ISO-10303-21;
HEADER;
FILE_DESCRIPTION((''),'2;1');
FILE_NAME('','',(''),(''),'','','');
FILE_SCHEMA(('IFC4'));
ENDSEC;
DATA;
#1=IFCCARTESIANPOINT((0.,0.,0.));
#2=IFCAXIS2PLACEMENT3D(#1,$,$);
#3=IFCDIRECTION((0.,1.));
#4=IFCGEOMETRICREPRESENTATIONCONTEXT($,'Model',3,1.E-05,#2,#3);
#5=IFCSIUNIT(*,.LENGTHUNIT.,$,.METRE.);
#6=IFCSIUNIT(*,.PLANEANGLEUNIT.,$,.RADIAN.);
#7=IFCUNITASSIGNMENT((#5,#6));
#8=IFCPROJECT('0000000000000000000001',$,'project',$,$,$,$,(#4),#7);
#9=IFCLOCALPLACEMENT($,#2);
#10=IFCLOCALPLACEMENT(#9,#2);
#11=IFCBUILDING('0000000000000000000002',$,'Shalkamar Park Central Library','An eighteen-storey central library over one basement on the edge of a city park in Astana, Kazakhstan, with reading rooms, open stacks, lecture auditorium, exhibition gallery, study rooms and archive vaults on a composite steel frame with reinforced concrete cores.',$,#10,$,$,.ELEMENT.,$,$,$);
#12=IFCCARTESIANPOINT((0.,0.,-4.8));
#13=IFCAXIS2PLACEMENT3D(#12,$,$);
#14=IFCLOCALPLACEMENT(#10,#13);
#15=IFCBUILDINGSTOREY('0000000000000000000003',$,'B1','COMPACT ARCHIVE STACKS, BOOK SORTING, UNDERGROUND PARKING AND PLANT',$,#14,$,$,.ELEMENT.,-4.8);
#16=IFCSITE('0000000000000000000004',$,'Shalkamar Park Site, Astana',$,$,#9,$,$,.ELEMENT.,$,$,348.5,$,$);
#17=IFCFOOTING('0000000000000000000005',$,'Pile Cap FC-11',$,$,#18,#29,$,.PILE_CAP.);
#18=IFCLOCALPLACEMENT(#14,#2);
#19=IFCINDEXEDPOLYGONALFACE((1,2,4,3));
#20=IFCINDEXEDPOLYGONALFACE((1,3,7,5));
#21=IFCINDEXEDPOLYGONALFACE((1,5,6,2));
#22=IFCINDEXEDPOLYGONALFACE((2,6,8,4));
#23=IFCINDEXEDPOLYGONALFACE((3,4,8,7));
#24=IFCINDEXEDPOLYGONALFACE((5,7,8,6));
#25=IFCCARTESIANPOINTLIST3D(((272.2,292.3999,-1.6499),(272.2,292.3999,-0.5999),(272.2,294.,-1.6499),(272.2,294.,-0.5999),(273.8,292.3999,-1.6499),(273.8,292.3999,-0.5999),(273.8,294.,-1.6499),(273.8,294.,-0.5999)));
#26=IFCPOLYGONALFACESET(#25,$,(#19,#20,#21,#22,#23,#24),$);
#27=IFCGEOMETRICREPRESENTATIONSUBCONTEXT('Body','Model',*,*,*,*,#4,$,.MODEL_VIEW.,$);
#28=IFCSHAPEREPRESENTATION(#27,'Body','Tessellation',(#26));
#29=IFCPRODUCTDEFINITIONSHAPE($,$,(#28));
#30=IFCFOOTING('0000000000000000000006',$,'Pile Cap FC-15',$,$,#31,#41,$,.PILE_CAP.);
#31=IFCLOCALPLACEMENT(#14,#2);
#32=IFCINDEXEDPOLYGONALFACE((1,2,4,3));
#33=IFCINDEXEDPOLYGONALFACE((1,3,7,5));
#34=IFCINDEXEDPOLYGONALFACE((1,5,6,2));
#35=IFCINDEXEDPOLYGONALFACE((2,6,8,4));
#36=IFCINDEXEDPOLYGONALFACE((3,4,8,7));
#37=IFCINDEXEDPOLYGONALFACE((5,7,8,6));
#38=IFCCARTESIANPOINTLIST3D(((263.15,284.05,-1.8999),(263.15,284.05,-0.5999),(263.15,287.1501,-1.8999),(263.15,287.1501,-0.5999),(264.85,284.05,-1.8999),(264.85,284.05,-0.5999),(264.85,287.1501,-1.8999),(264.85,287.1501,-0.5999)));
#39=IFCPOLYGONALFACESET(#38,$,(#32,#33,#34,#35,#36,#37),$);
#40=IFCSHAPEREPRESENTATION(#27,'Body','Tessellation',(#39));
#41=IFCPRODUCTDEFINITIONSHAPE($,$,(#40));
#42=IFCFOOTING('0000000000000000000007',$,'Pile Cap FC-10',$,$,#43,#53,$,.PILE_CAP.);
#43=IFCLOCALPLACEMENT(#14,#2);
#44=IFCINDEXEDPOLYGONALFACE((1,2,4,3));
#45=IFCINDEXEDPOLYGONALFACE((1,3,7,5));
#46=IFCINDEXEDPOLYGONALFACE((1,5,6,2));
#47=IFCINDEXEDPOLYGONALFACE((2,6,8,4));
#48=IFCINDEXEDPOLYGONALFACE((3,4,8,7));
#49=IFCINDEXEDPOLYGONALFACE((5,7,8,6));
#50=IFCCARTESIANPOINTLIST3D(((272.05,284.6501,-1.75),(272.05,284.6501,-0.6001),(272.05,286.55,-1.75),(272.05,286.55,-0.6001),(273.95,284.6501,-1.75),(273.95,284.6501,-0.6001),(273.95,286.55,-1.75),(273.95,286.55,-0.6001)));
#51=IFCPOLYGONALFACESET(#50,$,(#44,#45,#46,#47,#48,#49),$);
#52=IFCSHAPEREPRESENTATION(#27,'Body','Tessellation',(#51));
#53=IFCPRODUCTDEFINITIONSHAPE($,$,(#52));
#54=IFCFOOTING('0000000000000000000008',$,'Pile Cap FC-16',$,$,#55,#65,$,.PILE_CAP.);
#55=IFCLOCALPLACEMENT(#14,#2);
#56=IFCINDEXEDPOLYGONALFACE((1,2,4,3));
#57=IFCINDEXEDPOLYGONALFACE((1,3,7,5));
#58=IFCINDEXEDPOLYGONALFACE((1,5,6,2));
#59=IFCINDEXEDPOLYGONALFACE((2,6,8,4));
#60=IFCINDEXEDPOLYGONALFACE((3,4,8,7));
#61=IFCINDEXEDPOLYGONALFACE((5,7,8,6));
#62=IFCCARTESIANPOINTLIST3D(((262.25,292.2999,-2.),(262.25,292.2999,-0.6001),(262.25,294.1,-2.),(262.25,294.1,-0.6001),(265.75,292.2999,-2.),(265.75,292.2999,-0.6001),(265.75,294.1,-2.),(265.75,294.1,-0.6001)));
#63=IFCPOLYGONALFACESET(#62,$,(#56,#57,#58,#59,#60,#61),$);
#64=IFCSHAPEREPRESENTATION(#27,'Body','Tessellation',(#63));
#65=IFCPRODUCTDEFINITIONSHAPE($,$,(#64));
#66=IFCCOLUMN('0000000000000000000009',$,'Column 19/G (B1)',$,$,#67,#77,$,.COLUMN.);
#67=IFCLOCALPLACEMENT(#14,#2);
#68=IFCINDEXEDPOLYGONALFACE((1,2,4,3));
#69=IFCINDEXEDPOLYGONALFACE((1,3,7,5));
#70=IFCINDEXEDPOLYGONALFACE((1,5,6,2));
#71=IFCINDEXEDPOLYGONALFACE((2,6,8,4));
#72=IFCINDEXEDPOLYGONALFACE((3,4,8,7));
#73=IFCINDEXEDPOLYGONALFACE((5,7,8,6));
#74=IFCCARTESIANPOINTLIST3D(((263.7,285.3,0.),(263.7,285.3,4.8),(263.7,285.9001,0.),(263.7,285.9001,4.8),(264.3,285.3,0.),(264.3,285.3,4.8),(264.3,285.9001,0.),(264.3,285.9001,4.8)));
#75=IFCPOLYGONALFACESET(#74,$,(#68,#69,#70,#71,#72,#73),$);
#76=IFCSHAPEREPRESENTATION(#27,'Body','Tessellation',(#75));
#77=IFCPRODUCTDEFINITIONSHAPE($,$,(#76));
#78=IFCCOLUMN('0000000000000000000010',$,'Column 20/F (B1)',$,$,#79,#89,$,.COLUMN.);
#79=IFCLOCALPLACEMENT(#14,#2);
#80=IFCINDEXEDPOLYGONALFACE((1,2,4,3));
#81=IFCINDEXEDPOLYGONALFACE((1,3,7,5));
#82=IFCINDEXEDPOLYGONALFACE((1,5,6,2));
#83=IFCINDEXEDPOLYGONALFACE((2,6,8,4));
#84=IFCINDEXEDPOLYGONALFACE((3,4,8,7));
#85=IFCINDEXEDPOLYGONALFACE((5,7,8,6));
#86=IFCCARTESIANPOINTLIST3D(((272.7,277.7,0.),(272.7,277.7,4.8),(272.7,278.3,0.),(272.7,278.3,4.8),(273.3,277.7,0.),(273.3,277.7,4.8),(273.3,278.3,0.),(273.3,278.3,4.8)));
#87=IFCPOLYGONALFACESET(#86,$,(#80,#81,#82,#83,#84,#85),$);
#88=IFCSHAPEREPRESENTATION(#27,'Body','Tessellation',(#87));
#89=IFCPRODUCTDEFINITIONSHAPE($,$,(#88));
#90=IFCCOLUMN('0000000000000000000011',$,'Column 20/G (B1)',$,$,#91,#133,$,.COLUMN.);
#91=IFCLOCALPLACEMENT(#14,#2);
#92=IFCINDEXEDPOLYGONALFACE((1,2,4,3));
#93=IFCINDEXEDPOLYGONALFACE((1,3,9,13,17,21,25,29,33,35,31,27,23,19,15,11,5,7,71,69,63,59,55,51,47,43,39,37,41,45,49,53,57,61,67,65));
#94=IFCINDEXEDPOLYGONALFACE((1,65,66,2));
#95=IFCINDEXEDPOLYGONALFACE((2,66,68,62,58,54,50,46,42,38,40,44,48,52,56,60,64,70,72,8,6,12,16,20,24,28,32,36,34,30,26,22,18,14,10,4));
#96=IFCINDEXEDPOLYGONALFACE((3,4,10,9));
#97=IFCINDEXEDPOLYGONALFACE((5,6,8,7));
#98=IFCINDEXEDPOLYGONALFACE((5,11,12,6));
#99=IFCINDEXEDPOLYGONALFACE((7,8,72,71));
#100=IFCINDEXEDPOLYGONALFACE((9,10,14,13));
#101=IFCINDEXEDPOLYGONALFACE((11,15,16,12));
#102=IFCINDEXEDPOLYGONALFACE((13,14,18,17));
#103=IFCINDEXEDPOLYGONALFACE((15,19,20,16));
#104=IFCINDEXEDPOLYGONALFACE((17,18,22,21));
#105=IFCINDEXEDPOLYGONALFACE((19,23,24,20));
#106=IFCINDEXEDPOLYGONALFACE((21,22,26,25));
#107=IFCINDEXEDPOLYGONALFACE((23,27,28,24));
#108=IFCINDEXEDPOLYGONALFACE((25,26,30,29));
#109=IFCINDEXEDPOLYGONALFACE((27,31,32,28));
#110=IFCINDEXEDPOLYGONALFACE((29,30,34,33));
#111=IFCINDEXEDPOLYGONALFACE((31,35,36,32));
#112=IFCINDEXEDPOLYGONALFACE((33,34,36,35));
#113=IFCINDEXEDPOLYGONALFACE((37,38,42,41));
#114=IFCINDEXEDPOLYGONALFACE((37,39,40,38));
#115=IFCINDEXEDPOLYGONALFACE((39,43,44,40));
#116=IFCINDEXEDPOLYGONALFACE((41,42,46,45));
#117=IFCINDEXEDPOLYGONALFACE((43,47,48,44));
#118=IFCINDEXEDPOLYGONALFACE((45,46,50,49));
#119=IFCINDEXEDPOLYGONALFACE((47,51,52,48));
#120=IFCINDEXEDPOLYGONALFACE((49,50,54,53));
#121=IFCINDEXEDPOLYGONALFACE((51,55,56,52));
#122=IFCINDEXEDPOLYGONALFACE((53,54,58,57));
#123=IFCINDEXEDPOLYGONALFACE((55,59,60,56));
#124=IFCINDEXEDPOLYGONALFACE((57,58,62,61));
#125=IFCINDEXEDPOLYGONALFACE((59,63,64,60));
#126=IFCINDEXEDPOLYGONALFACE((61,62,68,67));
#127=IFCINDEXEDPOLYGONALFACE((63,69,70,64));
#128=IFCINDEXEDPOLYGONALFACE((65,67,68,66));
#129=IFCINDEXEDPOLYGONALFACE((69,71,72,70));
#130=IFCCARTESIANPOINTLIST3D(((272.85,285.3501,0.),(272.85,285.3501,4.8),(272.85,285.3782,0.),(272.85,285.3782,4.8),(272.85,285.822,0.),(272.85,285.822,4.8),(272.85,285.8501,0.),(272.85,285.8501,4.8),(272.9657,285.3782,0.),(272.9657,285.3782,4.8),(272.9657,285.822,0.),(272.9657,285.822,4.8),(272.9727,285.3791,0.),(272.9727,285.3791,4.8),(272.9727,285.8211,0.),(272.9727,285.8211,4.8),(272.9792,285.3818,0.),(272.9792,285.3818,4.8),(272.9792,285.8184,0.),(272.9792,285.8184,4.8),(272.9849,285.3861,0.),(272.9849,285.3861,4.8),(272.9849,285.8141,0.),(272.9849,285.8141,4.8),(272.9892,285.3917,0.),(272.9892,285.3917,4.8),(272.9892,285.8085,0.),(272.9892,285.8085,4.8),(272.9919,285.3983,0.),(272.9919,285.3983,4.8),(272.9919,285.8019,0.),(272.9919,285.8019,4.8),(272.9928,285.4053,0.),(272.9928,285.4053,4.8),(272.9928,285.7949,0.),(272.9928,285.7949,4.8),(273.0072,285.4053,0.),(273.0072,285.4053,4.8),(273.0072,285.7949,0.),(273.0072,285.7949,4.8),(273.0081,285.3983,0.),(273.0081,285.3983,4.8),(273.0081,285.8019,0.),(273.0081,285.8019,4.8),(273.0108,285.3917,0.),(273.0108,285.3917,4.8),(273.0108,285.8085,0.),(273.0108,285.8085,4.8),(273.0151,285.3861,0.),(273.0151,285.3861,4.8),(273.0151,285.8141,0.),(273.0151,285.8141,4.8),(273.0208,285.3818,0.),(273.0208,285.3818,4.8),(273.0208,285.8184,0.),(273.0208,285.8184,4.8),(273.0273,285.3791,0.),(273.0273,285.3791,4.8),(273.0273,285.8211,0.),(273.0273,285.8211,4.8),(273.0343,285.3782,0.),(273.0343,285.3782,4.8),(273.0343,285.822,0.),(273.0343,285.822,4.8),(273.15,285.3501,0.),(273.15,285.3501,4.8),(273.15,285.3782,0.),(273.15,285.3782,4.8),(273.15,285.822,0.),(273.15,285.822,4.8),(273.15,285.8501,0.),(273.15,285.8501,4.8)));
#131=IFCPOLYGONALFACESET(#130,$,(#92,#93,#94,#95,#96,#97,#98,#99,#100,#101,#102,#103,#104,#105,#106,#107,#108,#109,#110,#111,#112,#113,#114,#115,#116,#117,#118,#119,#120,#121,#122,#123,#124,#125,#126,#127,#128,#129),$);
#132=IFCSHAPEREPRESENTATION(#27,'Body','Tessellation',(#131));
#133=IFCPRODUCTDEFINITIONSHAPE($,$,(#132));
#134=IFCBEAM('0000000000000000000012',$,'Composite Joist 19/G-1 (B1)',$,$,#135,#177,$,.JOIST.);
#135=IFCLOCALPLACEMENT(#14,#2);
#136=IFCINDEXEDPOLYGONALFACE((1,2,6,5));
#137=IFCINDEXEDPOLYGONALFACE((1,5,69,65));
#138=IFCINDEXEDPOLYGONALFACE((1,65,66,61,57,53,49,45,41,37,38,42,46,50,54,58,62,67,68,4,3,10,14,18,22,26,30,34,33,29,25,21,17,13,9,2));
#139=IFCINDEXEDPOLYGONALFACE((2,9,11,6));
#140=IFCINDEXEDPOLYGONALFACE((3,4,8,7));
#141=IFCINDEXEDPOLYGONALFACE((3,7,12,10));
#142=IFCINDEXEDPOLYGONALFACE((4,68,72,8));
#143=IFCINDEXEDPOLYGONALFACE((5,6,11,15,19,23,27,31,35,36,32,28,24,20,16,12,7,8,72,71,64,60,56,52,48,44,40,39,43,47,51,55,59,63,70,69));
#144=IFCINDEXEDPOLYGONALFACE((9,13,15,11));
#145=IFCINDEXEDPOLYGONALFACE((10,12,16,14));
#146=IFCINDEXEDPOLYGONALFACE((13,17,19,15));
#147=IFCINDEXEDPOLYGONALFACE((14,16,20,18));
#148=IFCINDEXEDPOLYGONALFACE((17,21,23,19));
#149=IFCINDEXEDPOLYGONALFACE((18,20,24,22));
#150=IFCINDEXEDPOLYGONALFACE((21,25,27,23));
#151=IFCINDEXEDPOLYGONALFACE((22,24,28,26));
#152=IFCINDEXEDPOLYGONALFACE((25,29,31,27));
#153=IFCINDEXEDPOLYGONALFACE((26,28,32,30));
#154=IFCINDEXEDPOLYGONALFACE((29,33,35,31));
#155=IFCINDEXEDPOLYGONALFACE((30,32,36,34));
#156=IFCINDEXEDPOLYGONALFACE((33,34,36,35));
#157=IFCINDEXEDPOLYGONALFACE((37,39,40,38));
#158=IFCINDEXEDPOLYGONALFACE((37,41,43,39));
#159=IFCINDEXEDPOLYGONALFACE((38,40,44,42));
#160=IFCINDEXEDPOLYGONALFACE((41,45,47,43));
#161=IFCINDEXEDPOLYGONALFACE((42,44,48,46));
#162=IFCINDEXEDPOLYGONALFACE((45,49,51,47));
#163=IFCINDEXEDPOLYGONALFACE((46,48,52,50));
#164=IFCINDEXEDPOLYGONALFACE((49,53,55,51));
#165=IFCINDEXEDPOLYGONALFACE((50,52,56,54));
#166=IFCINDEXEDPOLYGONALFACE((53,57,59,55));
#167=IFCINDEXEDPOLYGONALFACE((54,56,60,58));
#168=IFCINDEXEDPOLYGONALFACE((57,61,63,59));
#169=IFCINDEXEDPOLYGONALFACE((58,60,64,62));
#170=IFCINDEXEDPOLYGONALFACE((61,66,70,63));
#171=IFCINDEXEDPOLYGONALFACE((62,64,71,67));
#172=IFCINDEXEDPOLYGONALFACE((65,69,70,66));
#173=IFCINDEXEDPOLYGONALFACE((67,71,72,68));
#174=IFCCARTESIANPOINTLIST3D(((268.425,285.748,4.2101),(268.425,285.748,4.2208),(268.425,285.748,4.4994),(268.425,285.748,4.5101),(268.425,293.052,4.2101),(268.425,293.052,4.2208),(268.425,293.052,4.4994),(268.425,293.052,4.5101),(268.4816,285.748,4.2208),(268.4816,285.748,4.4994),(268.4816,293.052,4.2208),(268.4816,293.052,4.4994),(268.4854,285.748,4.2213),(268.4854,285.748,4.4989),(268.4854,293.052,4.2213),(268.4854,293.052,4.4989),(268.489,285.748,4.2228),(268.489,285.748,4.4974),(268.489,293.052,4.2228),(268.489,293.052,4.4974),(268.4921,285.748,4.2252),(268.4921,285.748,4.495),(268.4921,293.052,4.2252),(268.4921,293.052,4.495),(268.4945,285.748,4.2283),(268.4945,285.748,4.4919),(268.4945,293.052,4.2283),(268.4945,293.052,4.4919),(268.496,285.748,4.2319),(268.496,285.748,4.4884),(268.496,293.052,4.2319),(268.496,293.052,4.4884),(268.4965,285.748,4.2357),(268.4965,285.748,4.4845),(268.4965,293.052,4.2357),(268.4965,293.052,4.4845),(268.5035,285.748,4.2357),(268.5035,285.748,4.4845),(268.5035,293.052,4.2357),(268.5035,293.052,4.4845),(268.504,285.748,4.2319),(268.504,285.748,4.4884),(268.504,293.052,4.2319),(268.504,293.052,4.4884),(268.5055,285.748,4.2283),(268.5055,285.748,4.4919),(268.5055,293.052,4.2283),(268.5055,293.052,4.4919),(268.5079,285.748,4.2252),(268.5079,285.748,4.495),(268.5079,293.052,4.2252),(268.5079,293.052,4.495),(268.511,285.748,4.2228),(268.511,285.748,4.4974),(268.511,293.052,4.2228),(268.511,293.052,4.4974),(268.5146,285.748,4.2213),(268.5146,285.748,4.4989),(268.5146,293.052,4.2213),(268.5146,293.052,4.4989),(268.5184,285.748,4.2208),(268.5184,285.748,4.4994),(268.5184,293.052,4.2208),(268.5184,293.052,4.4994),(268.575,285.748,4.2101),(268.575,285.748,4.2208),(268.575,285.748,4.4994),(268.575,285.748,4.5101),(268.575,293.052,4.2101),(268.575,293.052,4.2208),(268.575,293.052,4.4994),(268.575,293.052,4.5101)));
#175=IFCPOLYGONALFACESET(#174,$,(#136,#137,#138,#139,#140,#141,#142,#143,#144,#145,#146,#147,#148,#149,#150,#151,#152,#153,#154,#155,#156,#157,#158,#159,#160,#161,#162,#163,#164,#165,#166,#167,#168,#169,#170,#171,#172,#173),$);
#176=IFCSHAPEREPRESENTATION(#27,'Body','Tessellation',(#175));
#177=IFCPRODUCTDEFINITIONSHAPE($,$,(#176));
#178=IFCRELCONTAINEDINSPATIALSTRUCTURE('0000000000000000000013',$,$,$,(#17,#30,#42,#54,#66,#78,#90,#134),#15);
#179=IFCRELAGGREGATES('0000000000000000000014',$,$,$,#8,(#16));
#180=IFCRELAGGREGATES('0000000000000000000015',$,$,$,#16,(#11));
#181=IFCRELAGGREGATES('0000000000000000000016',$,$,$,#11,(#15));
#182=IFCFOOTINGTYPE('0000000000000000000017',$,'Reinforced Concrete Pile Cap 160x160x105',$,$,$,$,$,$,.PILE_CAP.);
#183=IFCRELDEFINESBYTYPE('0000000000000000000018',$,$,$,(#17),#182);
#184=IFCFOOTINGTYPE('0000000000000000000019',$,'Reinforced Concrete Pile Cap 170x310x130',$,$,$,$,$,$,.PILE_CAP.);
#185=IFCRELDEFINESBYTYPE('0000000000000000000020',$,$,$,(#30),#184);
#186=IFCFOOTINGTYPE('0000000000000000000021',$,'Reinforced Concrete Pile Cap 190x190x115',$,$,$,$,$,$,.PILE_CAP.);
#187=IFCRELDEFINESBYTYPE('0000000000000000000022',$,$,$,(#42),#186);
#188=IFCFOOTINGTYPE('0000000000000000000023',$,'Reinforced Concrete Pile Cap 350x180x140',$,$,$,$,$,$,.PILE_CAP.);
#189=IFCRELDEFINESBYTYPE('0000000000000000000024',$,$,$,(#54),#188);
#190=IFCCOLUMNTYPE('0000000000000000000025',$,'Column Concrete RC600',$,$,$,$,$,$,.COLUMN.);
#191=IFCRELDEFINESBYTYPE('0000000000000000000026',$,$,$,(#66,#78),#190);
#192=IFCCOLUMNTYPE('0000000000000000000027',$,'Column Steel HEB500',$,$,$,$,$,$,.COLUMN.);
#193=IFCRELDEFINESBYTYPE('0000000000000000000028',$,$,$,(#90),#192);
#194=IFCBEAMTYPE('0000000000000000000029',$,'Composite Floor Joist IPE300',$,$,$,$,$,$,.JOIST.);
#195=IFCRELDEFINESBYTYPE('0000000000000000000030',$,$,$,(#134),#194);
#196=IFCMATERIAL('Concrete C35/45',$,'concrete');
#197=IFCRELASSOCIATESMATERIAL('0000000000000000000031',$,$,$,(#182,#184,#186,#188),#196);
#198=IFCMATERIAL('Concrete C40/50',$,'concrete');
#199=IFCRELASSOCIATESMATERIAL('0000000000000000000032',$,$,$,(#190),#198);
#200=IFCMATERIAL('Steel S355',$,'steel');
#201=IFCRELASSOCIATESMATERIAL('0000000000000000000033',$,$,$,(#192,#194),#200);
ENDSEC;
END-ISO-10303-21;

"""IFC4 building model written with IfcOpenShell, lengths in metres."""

from ifc_helpers import new_model, si_unit, direction, frame, origin, origin_2d, place, context, subcontext, project, spatial, rectangle, i_section, extrude, material, material_profile, profile_set, type_object, element, save


model = new_model("IFC4")

# Units and contexts
model_context = context("Model", 3, precision=1e-05, world=origin(), true_north=direction((0.0, 1.0)))
body_context = subcontext(model_context, "Body", "Model", "MODEL_VIEW")
ifc_project = project(units=[si_unit("LENGTHUNIT", "METRE"), si_unit("PLANEANGLEUNIT", "RADIAN")], contexts=[model_context])

# Site, building, storey
site_placement = place(None, origin())
site = spatial("IfcSite", under=ifc_project, at=site_placement, Name="Shalkamar Park Site, Astana", CompositionType="ELEMENT", RefElevation=348.5)
building_placement = place(site_placement, origin())
building = spatial("IfcBuilding", under=site, at=building_placement, Name="Shalkamar Park Central Library", Description="An eighteen-storey central library over one basement on the edge of a city park in Astana, Kazakhstan, with reading rooms, open stacks, lecture auditorium, exhibition gallery, study rooms and archive vaults on a composite steel frame with reinforced concrete cores.", CompositionType="ELEMENT")
storey_placement = place(building_placement, frame((0.0, 0.0, -4.8)))
storey = spatial("IfcBuildingStorey", under=building, at=storey_placement, Name="B1", Description="COMPACT ARCHIVE STACKS, BOOK SORTING, UNDERGROUND PARKING AND PLANT", CompositionType="ELEMENT", Elevation=-4.8)

# Shared definitions
ifc_material_1 = material(Name="Concrete C35/45", Category="concrete")

# Footings
footing_type_1 = type_object("IfcFootingType", Name="Reinforced Concrete Pile Cap 160x160x105", PredefinedType="PILE_CAP", material=ifc_material_1)
footing_1_placement = place(storey_placement, frame((273.0, 293.2, -1.6499), z_axis=(0.0, 0.0, 1.0), x_axis=(1.0, 0.0, 0.0)))
element("IfcFooting", 1, at=footing_1_placement, inside=storey, type_object=footing_type_1, Name="Pile Cap FC-11", PredefinedType="PILE_CAP", context=body_context, shape_type="SweptSolid", body=[
    extrude(rectangle(XDim=1.6001, YDim=1.6001, at=origin_2d()), origin(), (0.0, 0.0, 1.0), 1.05),
])
footing_type_2 = type_object("IfcFootingType", Name="Reinforced Concrete Pile Cap 170x310x130", PredefinedType="PILE_CAP", material=ifc_material_1)
footing_2_placement = place(storey_placement, frame((264.0, 285.6001, -1.8999), z_axis=(0.0, 0.0, 1.0), x_axis=(1.0, 0.0, 0.0)))
element("IfcFooting", 2, at=footing_2_placement, inside=storey, type_object=footing_type_2, Name="Pile Cap FC-15", PredefinedType="PILE_CAP", context=body_context, shape_type="SweptSolid", body=[
    extrude(rectangle(XDim=1.7, YDim=3.1001, at=origin_2d()), origin(), (0.0, 0.0, 1.0), 1.3),
])
footing_type_3 = type_object("IfcFootingType", Name="Reinforced Concrete Pile Cap 190x190x115", PredefinedType="PILE_CAP", material=ifc_material_1)
footing_3_placement = place(storey_placement, frame((273.0, 285.6001, -1.75), z_axis=(0.0, 0.0, 1.0), x_axis=(1.0, 0.0, 0.0)))
element("IfcFooting", 3, at=footing_3_placement, inside=storey, type_object=footing_type_3, Name="Pile Cap FC-10", PredefinedType="PILE_CAP", context=body_context, shape_type="SweptSolid", body=[
    extrude(rectangle(XDim=1.8999, YDim=1.8999, at=origin_2d()), origin(), (0.0, 0.0, 1.0), 1.1499),
])
footing_type_4 = type_object("IfcFootingType", Name="Reinforced Concrete Pile Cap 350x180x140", PredefinedType="PILE_CAP", material=ifc_material_1)
footing_4_placement = place(storey_placement, frame((264.0, 293.2, -2.0), z_axis=(0.0, 0.0, 1.0), x_axis=(1.0, 0.0, 0.0)))
element("IfcFooting", 4, at=footing_4_placement, inside=storey, type_object=footing_type_4, Name="Pile Cap FC-16", PredefinedType="PILE_CAP", context=body_context, shape_type="SweptSolid", body=[
    extrude(rectangle(XDim=3.5, YDim=1.8, at=origin_2d()), origin(), (0.0, 0.0, 1.0), 1.3999),
])

# Columns
ifc_material_2 = material(Name="Concrete C40/50", Category="concrete")
ifc_material_profile_1 = material_profile(ifc_material_2, rectangle(XDim=0.6001, YDim=0.6001, at=origin_2d()), Name="RC 600x600")
ifc_profile_set_1 = profile_set([ifc_material_profile_1], Name="Concrete C40/50")
column_type_1 = type_object("IfcColumnType", Name="Column Concrete RC600", PredefinedType="COLUMN", material=ifc_profile_set_1)
for number, where, z_axis, x_axis, name in (
    (5, (264.0, 285.6001, 0.0), (0.0, 0.0, 1.0), (1.0, 0.0, 0.0), "Column 19/G (B1)"),
    (6, (273.0, 278.0, 0.0), (0.0, 0.0, 1.0), (1.0, 0.0, 0.0), "Column 20/F (B1)"),
):
    element("IfcColumn", number, at=place(storey_placement, frame(where, z_axis=z_axis, x_axis=x_axis)), inside=storey, type_object=column_type_1, Name=name, PredefinedType="COLUMN", context=body_context, shape_type="SweptSolid", body=[
        extrude(rectangle(XDim=0.6001, YDim=0.6001, at=origin_2d()), origin(), (0.0, 0.0, 1.0), 4.8),
    ])
ifc_material_3 = material(Name="Steel S355", Category="steel")
ifc_material_profile_2 = material_profile(ifc_material_3, i_section(OverallWidth=0.3, OverallDepth=0.5, WebThickness=0.0144, FlangeThickness=0.0281, FilletRadius=0.0271, at=origin_2d()), Name="HEB 500")
ifc_profile_set_2 = profile_set([ifc_material_profile_2], Name="Steel S355")
column_type_2 = type_object("IfcColumnType", Name="Column Steel HEB500", PredefinedType="COLUMN", material=ifc_profile_set_2)
column_placement = place(storey_placement, frame((273.0, 285.6001, 0.0), z_axis=(0.0, 0.0, 1.0), x_axis=(1.0, 0.0, 0.0)))
element("IfcColumn", 7, at=column_placement, inside=storey, type_object=column_type_2, Name="Column 20/G (B1)", PredefinedType="COLUMN", context=body_context, shape_type="SweptSolid", body=[
    extrude(i_section(OverallWidth=0.3, OverallDepth=0.5, WebThickness=0.0144, FlangeThickness=0.0281, FilletRadius=0.0271, at=origin_2d()), origin(), (0.0, 0.0, 1.0), 4.8),
])

# Beam
ifc_material_profile_3 = material_profile(ifc_material_3, i_section(OverallWidth=0.1499, OverallDepth=0.3, WebThickness=0.0071, FlangeThickness=0.0107, FilletRadius=0.0149, at=origin_2d()), Name="IPE 300")
ifc_profile_set_3 = profile_set([ifc_material_profile_3], Name="Steel S355")
beam_type_1 = type_object("IfcBeamType", Name="Composite Floor Joist IPE300", PredefinedType="JOIST", material=ifc_profile_set_3)
for number, where, z_axis, x_axis, name in (
    (8, (268.5, 285.748, 4.3601), (0.0, 1.0, 0.0), (-1.0, 0.0, 0.0), "Composite Joist 19/G-1 (B1)"),
):
    element("IfcBeam", number, at=place(storey_placement, frame(where, z_axis=z_axis, x_axis=x_axis)), inside=storey, type_object=beam_type_1, Name=name, PredefinedType="JOIST", context=body_context, shape_type="SweptSolid", body=[
        extrude(i_section(OverallWidth=0.1499, OverallDepth=0.3, WebThickness=0.0071, FlangeThickness=0.0107, FilletRadius=0.0149, at=origin_2d()), origin(), (0.0, 0.0, 1.0), 7.304),
    ])

save(model, "model.ifc")
